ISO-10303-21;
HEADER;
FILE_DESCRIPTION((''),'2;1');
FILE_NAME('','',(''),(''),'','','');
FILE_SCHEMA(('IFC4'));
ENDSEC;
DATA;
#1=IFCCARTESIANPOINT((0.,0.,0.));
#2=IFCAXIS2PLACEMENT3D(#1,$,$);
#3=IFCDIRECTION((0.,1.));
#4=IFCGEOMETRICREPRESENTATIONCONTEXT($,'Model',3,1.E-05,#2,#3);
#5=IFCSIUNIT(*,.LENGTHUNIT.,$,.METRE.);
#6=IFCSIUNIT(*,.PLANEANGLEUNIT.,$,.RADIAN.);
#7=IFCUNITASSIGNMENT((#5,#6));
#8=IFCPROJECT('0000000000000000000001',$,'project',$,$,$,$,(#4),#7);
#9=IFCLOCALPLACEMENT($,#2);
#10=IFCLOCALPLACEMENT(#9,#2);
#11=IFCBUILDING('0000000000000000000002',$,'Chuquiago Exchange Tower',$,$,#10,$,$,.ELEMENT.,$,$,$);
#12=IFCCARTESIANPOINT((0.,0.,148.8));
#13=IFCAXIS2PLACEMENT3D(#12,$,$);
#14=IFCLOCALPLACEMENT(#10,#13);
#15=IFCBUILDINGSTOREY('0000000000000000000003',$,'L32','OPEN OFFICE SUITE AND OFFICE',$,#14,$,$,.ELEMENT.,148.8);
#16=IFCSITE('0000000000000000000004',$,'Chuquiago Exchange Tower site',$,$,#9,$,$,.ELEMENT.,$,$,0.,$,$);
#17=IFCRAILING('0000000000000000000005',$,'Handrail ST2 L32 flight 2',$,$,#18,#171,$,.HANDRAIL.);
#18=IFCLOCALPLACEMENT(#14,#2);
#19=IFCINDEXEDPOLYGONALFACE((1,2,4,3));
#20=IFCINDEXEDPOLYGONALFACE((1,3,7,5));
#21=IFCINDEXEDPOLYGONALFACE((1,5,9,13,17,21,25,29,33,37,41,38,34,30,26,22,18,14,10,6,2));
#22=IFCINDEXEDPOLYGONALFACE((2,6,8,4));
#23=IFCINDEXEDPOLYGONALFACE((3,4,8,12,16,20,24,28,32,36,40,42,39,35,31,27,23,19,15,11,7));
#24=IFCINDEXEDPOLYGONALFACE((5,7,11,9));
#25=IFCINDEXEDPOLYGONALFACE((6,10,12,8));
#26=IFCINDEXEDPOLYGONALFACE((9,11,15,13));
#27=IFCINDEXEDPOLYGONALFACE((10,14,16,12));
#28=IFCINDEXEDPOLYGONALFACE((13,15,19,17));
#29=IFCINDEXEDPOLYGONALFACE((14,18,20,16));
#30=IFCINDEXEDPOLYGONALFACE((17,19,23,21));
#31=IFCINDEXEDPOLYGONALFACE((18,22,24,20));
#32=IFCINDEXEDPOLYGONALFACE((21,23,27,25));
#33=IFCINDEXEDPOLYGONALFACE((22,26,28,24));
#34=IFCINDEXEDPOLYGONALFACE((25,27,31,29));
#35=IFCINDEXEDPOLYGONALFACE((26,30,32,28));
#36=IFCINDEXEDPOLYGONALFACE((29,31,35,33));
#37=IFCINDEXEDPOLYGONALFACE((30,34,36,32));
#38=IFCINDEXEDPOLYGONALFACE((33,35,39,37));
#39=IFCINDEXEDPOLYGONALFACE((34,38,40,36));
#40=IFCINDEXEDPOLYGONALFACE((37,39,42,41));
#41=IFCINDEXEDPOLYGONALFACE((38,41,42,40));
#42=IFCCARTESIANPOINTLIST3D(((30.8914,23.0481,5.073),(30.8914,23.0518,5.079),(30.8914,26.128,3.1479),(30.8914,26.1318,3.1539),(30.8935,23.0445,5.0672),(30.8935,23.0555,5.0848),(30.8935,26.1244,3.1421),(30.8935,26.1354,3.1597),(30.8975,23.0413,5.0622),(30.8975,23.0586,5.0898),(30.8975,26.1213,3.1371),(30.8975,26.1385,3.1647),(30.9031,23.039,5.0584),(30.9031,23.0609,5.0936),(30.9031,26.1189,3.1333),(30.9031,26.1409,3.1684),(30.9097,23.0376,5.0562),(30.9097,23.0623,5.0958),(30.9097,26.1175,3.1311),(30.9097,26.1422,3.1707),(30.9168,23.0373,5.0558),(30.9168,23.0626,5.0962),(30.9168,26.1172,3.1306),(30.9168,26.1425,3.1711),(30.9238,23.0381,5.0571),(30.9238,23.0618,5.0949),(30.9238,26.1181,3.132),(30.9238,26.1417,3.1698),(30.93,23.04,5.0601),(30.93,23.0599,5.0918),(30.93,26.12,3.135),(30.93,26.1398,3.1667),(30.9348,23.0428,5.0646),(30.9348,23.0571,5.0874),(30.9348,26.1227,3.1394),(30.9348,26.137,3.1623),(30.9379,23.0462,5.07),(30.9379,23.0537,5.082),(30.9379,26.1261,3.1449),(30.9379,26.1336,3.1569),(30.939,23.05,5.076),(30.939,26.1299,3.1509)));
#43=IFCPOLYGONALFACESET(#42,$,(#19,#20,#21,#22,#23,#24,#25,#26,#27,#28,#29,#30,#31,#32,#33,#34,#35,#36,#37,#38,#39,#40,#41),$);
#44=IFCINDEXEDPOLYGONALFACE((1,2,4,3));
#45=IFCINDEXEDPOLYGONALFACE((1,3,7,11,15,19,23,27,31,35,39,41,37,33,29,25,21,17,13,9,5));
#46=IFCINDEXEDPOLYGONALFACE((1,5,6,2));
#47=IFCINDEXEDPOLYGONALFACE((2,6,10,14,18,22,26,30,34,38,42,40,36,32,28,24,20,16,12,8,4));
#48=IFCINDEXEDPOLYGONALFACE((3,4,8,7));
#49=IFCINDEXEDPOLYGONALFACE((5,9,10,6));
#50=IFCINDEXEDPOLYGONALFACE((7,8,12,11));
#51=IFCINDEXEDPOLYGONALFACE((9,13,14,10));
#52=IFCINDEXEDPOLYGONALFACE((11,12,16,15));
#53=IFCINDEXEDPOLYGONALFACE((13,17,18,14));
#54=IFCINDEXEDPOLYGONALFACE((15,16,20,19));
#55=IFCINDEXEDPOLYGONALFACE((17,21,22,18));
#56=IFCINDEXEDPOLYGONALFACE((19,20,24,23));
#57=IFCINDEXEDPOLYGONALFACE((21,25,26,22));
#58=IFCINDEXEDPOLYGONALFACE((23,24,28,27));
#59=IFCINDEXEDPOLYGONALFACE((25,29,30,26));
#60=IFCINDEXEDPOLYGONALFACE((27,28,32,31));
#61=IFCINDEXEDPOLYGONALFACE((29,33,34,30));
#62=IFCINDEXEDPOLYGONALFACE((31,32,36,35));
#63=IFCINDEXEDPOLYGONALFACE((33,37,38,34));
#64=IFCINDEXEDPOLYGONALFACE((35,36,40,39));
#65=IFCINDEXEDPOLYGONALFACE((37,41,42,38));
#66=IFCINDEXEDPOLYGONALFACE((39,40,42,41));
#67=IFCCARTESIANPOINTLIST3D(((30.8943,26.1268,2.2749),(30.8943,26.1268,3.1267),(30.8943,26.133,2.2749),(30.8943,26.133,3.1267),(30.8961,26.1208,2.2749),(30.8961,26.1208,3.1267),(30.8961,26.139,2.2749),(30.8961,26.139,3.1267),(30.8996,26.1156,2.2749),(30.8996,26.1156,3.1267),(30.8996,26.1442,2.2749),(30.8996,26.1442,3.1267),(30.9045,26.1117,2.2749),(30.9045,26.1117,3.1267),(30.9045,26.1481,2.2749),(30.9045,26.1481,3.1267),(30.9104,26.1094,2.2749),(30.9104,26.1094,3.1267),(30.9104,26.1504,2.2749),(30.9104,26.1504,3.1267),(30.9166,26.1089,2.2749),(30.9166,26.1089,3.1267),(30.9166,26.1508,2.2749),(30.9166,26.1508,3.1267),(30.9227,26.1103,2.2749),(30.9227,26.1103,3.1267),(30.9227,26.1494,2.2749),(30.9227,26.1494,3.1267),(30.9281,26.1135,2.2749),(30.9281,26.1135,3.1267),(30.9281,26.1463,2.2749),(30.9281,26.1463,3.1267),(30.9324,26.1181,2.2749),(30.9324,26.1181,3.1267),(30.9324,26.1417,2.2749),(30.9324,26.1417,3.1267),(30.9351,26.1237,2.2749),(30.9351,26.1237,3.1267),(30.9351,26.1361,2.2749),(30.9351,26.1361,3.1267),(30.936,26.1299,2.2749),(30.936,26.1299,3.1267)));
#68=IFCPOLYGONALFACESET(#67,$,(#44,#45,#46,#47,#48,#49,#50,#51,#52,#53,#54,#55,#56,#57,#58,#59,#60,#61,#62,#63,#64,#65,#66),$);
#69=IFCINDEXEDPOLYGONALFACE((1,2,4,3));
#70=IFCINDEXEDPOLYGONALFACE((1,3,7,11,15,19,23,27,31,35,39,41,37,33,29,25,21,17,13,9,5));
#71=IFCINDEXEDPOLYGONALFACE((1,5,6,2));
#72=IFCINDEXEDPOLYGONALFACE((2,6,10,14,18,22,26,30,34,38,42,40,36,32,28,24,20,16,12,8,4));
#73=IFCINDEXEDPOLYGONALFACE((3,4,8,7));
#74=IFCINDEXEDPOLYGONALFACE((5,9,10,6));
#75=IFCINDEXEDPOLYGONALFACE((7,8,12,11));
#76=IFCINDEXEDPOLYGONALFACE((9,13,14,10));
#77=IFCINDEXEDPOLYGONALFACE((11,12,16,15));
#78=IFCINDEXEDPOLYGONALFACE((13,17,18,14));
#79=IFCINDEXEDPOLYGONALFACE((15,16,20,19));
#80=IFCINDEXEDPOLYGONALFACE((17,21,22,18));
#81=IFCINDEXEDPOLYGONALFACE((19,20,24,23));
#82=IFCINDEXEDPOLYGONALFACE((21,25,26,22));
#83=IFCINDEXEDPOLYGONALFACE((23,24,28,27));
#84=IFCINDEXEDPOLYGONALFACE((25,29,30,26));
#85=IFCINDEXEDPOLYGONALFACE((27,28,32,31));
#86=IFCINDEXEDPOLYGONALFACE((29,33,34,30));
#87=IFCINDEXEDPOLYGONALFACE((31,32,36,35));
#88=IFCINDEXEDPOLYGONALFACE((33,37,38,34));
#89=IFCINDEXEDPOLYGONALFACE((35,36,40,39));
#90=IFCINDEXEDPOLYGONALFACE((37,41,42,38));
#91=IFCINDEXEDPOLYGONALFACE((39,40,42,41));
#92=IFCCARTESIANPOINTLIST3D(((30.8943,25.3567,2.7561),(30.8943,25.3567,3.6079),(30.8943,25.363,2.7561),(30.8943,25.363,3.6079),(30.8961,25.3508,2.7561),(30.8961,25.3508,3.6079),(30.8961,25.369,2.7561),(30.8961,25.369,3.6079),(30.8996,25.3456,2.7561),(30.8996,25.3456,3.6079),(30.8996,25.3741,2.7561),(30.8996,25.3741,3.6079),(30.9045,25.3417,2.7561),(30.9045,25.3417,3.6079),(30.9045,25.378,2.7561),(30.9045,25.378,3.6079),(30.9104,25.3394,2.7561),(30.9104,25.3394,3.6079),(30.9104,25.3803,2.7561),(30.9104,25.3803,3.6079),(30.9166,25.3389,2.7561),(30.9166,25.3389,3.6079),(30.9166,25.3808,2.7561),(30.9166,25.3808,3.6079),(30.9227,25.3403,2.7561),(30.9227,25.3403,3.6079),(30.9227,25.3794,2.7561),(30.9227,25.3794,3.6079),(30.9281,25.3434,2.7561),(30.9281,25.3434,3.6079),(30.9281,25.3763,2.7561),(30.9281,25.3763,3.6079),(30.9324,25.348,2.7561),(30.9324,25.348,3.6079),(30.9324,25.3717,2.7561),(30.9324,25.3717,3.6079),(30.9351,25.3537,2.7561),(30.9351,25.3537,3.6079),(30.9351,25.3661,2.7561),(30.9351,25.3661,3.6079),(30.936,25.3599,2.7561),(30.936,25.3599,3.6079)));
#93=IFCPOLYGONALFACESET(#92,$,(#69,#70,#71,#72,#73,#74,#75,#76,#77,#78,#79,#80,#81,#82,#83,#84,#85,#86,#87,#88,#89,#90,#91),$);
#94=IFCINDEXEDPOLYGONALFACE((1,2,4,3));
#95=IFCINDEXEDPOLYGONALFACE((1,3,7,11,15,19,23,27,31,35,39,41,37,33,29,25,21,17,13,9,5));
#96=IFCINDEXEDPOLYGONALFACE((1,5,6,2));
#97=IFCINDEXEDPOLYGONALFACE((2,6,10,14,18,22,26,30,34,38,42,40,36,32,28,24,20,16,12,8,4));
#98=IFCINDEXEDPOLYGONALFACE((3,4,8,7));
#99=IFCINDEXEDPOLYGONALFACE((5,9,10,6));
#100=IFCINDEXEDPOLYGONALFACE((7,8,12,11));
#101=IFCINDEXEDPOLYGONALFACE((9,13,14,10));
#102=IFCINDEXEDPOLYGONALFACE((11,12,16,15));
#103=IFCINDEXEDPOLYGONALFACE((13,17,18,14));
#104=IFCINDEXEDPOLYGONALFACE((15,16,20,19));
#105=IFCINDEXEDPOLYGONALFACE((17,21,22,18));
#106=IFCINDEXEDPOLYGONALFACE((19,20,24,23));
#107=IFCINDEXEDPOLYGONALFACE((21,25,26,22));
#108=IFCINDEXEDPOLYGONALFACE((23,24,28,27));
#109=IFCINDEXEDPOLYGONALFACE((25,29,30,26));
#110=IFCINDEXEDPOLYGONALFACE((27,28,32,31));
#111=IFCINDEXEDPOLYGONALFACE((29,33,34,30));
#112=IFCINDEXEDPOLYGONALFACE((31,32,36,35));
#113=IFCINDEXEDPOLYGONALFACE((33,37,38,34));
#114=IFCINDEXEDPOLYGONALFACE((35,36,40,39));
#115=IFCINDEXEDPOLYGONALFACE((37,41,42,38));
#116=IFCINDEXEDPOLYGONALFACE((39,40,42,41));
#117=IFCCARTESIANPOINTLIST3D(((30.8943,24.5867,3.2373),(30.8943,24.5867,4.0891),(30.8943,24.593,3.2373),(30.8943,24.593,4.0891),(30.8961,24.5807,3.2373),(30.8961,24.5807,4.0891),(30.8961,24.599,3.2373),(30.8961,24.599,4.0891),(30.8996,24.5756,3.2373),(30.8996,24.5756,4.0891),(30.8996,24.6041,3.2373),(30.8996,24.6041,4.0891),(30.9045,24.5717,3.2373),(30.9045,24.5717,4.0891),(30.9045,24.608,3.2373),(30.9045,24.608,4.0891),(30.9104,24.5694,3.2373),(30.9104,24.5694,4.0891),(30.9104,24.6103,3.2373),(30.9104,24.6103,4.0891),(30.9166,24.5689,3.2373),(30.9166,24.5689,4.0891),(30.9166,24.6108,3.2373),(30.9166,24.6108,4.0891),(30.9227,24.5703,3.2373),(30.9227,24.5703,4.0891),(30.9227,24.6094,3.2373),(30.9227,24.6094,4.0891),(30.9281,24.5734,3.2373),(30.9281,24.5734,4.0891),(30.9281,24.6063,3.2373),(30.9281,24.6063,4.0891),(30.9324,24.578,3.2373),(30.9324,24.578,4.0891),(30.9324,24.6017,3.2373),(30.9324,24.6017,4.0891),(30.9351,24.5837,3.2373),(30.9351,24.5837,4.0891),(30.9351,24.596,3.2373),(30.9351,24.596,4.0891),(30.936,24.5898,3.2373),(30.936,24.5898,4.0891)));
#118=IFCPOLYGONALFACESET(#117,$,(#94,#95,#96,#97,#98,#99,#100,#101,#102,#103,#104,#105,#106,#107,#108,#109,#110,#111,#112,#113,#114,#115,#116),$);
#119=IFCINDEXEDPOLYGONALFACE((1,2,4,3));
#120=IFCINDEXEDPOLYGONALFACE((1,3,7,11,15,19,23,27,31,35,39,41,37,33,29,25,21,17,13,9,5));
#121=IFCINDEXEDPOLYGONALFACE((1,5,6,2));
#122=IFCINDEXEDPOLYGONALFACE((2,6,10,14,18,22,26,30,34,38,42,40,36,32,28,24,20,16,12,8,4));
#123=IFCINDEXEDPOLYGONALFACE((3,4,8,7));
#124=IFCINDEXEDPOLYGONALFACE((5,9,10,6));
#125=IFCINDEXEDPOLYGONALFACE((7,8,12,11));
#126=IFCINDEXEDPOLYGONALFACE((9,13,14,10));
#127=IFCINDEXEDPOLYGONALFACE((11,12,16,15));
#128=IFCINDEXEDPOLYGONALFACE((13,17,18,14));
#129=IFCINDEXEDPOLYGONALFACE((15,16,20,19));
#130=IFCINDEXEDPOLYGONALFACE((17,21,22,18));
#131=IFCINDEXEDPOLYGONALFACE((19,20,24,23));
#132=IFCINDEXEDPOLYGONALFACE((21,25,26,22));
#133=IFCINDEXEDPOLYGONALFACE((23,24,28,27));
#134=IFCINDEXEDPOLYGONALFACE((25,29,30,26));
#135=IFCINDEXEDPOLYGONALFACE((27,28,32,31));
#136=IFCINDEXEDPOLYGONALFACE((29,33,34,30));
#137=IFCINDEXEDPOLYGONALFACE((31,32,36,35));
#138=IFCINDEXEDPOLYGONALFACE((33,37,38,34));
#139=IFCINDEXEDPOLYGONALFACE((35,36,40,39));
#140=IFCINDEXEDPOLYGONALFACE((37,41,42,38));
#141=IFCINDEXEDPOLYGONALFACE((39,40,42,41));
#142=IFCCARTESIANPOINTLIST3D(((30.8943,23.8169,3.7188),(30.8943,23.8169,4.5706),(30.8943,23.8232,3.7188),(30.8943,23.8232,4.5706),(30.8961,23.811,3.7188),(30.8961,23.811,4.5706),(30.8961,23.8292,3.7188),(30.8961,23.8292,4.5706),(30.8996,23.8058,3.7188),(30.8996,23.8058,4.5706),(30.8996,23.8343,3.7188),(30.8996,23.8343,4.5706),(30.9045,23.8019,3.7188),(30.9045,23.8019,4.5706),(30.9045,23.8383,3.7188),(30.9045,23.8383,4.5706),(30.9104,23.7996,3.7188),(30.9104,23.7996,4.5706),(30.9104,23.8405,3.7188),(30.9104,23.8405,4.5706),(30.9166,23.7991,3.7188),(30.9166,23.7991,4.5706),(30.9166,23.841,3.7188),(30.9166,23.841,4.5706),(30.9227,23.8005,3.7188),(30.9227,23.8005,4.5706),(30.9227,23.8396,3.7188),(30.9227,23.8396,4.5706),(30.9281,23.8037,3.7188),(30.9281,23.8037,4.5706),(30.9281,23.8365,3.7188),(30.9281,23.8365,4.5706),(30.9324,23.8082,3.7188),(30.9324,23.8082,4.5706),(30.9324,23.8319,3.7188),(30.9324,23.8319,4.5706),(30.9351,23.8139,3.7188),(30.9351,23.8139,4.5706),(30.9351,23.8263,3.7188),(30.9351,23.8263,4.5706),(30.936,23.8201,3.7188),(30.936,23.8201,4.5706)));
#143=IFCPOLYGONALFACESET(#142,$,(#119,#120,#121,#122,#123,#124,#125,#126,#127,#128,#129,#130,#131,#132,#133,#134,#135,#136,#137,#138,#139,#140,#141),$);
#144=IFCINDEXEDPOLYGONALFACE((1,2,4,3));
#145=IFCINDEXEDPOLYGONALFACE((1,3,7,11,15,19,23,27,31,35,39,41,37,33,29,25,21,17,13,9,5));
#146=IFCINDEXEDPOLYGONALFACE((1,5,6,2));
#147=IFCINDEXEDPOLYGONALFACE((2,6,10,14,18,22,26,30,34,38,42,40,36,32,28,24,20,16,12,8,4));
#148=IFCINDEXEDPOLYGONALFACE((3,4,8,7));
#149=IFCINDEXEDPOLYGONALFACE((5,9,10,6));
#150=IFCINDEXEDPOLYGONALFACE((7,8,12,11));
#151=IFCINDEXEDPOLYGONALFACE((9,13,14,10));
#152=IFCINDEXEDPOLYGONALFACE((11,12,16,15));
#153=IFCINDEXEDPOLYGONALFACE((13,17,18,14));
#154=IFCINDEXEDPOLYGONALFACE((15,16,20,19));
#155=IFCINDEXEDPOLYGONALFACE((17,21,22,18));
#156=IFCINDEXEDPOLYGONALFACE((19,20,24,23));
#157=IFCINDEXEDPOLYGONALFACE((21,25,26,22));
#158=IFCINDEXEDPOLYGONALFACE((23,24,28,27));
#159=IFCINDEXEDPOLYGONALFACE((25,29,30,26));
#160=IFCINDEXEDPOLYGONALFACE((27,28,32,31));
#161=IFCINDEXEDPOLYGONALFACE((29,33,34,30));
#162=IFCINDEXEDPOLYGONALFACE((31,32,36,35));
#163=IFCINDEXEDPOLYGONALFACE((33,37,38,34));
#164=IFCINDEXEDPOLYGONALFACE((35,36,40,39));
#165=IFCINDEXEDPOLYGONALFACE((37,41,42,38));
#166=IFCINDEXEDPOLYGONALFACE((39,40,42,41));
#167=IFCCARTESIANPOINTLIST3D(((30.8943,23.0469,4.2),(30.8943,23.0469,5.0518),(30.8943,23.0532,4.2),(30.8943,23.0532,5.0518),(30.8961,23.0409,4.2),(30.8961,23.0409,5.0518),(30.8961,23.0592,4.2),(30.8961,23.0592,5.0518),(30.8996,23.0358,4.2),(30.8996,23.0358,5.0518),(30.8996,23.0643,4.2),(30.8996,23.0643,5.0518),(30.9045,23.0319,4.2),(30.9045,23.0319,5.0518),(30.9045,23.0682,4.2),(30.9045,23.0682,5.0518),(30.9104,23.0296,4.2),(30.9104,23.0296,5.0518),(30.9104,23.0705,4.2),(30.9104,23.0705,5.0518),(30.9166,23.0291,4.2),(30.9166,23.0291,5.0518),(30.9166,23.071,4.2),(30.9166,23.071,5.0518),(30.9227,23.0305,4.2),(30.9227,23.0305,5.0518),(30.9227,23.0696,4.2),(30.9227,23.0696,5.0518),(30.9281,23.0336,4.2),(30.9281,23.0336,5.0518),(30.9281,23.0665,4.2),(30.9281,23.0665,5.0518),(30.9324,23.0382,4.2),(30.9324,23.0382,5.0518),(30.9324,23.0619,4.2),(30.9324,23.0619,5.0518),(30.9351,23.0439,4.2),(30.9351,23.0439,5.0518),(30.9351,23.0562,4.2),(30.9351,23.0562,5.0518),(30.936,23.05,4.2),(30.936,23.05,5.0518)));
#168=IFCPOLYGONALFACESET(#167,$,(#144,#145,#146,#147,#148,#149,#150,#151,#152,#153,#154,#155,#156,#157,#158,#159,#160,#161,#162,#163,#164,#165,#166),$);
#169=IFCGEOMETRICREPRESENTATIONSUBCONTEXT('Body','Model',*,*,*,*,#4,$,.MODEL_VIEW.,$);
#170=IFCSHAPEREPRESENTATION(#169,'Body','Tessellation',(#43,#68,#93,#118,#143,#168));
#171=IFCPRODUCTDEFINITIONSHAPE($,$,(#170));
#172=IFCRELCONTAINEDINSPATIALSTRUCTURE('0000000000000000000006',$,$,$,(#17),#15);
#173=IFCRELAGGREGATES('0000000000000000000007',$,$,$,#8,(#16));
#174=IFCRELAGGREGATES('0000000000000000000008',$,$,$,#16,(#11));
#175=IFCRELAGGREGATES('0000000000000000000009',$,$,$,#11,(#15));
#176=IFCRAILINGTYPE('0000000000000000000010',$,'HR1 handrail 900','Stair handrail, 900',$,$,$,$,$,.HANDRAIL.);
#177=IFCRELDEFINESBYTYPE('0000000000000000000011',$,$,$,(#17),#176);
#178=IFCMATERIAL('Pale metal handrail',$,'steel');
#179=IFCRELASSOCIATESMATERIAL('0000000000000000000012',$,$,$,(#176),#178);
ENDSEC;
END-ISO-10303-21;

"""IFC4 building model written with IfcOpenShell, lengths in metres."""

from ifc_helpers import new_model, si_unit, direction, frame, origin, origin_2d, place, context, subcontext, project, spatial, circle, extrude, material, type_object, element, save


model = new_model("IFC4")

# Units and contexts
model_context = context("Model", 3, precision=1e-05, world=origin(), true_north=direction((0.0, 1.0)))
body_context = subcontext(model_context, "Body", "Model", "MODEL_VIEW")
ifc_project = project(units=[si_unit("LENGTHUNIT", "METRE"), si_unit("PLANEANGLEUNIT", "RADIAN")], contexts=[model_context])

# Site, building, storey
site_placement = place(None, origin())
site = spatial("IfcSite", under=ifc_project, at=site_placement, Name="Chuquiago Exchange Tower site", CompositionType="ELEMENT", RefElevation=0.0)
building_placement = place(site_placement, origin())
building = spatial("IfcBuilding", under=site, at=building_placement, Name="Chuquiago Exchange Tower", CompositionType="ELEMENT")
storey_placement = place(building_placement, frame((0.0, 0.0, 148.8)))
storey = spatial("IfcBuildingStorey", under=building, at=storey_placement, Name="L32", Description="OPEN OFFICE SUITE AND OFFICE", CompositionType="ELEMENT", Elevation=148.8)

# Railing
ifc_material_1 = material(Name="Pale metal handrail", Category="steel")
railing_type_1 = type_object("IfcRailingType", Name="HR1 handrail 900", Description="Stair handrail, 900", PredefinedType="HANDRAIL", material=ifc_material_1)
for number, where, name in (
    (1, (30.915, 26.1299, 2.2749), "Handrail ST2 L32 flight 2"),
):
    element("IfcRailing", number, at=place(storey_placement, frame(where)), inside=storey, type_object=railing_type_1, Name=name, PredefinedType="HANDRAIL", context=body_context, shape_type="SweptSolid", body=[
        extrude(circle(Radius=0.0239, at=origin_2d()), frame((0.0, 0.0, 0.876), z_axis=(0.0, -0.847979, 0.530029), x_axis=(1.0, 0.0, 0.0)), (0.0, 0.0, 1.0), 3.6321),
        extrude(circle(Radius=0.021, at=origin_2d()), origin(), (0.0, 0.0, 1.0), 0.8518),
        extrude(circle(Radius=0.021, at=origin_2d()), frame((0.0, -0.77, 0.4812)), (0.0, 0.0, 1.0), 0.8518),
        extrude(circle(Radius=0.021, at=origin_2d()), frame((0.0, -1.54, 0.9624)), (0.0, 0.0, 1.0), 0.8518),
        extrude(circle(Radius=0.021, at=origin_2d()), frame((0.0, -2.3098, 1.4438)), (0.0, 0.0, 1.0), 0.8518),
        extrude(circle(Radius=0.021, at=origin_2d()), frame((0.0, -3.0798, 1.925)), (0.0, 0.0, 1.0), 0.8518),
    ])

save(model, "model.ifc")
